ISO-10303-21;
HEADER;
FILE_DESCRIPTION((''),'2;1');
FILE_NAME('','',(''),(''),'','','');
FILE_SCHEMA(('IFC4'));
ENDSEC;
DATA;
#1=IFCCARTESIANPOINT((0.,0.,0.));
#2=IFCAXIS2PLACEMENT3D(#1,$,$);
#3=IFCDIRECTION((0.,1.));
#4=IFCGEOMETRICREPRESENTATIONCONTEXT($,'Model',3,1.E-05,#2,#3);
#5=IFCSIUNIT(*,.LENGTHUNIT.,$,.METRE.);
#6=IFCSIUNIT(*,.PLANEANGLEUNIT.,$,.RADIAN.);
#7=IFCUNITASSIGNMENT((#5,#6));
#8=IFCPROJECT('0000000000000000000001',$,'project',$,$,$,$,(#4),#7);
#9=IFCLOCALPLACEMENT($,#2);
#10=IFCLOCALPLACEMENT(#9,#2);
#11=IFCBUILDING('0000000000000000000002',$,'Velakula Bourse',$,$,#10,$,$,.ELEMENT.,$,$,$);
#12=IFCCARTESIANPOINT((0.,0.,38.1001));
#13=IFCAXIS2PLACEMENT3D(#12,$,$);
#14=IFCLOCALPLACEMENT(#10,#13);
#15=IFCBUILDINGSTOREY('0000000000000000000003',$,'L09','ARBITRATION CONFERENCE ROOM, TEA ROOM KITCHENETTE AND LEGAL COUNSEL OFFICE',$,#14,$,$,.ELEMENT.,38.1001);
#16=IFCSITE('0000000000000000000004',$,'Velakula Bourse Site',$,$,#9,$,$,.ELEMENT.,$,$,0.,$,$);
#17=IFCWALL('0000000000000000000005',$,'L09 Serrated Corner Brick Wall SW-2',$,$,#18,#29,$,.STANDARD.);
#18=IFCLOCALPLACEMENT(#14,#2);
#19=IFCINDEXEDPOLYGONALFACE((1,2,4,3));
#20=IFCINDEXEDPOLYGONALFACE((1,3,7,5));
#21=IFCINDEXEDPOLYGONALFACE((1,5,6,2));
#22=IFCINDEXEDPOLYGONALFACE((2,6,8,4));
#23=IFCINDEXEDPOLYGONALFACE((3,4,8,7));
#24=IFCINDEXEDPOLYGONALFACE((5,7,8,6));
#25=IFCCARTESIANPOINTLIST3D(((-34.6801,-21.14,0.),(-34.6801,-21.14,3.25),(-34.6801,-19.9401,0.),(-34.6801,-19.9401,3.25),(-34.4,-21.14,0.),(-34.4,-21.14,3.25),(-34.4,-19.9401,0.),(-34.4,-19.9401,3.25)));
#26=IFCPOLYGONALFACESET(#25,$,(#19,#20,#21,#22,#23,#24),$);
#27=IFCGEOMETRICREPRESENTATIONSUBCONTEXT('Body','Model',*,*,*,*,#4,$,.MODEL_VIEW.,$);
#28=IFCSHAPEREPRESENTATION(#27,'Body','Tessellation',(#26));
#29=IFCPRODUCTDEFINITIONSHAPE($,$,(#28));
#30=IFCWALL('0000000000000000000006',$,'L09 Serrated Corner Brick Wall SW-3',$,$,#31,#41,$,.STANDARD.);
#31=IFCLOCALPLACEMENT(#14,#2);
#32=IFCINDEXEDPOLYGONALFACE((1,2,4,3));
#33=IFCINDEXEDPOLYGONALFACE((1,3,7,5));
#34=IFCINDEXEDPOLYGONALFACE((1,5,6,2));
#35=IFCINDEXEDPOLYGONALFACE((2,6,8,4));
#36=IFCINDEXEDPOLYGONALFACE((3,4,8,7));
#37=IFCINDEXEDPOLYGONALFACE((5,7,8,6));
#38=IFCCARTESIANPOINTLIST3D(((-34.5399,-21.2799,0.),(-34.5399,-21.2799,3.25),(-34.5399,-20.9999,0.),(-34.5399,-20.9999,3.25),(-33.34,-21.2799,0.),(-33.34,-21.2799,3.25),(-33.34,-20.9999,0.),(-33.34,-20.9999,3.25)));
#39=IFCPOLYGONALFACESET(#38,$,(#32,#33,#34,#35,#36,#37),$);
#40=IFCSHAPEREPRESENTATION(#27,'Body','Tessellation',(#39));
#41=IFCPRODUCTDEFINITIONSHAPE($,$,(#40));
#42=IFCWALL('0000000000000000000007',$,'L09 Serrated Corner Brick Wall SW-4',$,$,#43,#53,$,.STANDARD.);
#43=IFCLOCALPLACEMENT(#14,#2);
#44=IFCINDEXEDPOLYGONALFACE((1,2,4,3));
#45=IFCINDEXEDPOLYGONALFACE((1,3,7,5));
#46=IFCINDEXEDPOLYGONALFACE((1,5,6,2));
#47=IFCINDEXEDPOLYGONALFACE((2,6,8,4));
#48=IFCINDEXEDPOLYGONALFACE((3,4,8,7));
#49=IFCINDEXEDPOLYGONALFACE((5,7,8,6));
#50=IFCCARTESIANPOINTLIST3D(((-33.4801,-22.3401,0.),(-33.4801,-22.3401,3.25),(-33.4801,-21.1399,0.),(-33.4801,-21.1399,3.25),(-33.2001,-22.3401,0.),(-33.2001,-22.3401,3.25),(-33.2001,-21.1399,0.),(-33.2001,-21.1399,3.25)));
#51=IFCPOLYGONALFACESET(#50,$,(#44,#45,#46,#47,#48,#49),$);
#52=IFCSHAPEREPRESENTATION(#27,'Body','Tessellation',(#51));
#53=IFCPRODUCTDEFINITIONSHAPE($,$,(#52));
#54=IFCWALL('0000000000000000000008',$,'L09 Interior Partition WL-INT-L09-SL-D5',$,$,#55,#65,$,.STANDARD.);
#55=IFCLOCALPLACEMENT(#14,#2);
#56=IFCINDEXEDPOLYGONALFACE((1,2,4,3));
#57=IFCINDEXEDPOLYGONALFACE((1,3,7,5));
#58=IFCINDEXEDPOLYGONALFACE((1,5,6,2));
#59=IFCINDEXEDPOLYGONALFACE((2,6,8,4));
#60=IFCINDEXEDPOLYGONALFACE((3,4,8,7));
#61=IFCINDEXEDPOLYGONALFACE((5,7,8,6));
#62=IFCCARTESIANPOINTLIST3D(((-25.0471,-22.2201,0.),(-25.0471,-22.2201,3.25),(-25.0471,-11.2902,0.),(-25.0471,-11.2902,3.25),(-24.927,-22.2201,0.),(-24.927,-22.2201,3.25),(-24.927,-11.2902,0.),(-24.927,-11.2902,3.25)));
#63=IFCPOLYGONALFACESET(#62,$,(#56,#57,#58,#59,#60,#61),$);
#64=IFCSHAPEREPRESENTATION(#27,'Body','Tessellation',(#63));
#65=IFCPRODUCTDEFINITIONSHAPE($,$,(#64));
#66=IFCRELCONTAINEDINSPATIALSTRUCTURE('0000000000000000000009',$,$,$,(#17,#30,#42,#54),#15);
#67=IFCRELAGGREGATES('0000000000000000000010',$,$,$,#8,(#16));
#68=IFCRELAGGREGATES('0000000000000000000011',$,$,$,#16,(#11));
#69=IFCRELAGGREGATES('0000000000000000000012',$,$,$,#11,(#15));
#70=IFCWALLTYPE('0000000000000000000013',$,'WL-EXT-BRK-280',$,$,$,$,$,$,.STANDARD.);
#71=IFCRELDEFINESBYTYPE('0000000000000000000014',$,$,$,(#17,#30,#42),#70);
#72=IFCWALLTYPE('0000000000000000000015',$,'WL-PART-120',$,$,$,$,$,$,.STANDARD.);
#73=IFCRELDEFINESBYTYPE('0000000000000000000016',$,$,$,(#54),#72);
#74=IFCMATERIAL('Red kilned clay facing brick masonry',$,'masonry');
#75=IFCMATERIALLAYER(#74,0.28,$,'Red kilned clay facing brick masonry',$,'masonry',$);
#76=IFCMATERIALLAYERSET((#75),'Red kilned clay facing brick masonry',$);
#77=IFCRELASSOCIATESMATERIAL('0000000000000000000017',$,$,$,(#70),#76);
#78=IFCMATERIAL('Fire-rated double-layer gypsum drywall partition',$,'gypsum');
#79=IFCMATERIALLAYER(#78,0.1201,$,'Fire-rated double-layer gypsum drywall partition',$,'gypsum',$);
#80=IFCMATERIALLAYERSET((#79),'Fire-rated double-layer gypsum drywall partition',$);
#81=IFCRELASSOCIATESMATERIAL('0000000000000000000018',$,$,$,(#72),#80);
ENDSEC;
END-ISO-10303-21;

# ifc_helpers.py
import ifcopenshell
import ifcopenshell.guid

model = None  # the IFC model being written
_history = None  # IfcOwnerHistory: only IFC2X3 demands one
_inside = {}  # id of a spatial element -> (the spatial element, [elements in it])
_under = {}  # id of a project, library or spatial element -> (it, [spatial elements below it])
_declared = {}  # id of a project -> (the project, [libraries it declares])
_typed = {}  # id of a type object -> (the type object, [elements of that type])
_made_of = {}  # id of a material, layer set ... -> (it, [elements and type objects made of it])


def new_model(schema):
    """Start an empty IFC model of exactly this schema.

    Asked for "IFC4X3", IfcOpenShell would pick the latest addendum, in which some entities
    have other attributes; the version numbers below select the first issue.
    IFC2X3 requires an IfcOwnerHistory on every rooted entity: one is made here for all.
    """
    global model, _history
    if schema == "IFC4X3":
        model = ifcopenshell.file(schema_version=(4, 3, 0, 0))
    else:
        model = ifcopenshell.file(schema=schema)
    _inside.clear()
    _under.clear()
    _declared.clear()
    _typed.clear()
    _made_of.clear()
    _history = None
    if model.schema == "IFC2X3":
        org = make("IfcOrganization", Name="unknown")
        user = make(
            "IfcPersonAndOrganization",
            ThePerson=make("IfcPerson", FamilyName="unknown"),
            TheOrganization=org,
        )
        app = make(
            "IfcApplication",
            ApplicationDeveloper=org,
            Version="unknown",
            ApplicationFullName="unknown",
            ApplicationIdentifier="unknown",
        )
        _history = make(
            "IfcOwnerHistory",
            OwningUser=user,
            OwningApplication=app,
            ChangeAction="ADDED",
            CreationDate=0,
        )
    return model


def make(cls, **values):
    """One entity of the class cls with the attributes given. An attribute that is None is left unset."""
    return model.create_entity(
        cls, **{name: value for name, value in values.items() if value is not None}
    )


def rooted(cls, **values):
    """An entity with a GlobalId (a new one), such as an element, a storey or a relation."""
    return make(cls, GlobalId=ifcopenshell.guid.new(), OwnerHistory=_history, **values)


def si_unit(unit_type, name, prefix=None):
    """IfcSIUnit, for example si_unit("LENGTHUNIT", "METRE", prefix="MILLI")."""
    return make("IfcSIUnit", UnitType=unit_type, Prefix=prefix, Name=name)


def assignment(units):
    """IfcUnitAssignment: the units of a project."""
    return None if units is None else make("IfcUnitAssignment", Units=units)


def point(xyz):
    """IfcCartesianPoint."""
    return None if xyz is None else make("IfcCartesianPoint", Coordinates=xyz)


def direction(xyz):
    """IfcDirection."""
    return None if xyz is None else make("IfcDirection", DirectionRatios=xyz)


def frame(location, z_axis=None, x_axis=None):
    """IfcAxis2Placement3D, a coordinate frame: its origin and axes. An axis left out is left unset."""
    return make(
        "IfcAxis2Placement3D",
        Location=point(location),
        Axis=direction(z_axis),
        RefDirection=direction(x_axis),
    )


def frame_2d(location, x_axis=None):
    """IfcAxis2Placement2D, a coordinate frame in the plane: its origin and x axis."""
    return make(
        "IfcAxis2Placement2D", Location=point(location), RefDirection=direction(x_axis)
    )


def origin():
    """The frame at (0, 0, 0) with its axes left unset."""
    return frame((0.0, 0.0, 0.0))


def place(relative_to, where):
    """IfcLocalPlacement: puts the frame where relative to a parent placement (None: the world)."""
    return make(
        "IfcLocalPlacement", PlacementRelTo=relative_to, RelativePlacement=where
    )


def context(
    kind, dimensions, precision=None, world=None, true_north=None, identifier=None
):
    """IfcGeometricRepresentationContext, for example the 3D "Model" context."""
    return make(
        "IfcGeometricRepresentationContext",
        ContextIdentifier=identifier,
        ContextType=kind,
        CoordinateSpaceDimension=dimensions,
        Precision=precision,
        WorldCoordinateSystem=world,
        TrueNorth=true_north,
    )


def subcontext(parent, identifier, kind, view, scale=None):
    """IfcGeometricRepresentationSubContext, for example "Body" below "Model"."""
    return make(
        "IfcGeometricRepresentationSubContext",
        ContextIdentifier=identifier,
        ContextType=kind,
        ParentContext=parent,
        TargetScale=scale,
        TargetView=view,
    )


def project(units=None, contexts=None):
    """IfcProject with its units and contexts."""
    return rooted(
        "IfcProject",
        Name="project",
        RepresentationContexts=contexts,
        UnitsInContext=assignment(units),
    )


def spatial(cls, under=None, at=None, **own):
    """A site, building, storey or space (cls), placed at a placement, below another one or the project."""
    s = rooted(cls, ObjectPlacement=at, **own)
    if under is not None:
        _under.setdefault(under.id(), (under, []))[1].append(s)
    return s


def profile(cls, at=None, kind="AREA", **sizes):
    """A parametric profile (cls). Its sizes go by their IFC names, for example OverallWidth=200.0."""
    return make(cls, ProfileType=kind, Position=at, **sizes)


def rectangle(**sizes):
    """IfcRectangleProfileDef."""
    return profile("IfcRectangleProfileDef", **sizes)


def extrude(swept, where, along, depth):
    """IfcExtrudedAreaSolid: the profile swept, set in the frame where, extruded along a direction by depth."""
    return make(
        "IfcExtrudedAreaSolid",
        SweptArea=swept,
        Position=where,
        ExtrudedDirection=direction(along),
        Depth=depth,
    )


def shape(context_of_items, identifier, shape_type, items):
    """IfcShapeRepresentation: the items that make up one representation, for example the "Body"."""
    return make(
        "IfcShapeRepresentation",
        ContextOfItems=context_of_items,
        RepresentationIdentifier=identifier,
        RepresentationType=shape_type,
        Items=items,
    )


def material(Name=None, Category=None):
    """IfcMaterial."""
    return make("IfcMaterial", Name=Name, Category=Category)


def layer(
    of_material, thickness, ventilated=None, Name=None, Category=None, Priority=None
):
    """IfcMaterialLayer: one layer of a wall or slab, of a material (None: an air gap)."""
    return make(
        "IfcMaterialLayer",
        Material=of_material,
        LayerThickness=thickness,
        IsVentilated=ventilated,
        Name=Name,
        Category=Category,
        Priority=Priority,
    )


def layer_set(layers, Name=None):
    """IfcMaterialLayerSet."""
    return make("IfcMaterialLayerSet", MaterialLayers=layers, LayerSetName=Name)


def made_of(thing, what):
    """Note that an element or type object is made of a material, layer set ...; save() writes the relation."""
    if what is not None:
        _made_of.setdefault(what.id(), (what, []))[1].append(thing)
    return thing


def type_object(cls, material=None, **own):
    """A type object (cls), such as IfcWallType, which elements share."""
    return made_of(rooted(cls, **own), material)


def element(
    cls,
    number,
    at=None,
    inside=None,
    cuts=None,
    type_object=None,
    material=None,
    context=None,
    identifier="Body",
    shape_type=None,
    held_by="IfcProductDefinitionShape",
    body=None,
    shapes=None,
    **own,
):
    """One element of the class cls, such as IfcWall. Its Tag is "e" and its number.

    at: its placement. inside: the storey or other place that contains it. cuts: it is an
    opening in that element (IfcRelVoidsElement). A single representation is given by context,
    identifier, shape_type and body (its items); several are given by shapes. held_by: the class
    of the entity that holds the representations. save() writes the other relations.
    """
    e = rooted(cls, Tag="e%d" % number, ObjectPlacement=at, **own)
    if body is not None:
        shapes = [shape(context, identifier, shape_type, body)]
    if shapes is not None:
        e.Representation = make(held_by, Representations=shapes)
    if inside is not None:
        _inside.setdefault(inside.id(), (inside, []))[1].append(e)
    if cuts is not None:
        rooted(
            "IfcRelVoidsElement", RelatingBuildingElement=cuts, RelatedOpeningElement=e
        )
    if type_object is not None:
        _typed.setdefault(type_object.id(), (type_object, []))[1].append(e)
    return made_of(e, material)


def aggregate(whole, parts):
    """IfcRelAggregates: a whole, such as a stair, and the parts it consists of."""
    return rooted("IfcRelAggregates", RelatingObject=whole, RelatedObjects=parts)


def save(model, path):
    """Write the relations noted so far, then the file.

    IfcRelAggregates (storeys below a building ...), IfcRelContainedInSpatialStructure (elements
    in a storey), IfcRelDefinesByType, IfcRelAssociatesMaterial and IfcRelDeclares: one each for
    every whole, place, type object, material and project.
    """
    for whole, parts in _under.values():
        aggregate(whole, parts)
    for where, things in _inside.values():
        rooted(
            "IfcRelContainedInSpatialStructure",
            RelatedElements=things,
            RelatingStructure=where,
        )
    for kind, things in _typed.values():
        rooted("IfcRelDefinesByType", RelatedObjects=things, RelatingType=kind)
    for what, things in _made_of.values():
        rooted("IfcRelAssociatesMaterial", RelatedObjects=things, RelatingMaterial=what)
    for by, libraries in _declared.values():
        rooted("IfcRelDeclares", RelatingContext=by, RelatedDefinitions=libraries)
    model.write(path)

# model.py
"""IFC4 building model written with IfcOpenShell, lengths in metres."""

from ifc_helpers import new_model, si_unit, direction, frame, frame_2d, origin, place, context, subcontext, project, spatial, rectangle, extrude, material, layer, layer_set, type_object, element, save


model = new_model("IFC4")

# Units and contexts
model_context = context("Model", 3, precision=1e-05, world=origin(), true_north=direction((0.0, 1.0)))
body_context = subcontext(model_context, "Body", "Model", "MODEL_VIEW")
ifc_project = project(units=[si_unit("LENGTHUNIT", "METRE"), si_unit("PLANEANGLEUNIT", "RADIAN")], contexts=[model_context])

# Site, building, storey
site_placement = place(None, origin())
site = spatial("IfcSite", under=ifc_project, at=site_placement, Name="Velakula Bourse Site", CompositionType="ELEMENT", RefElevation=0.0)
building_placement = place(site_placement, origin())
building = spatial("IfcBuilding", under=site, at=building_placement, Name="Velakula Bourse", CompositionType="ELEMENT")
storey_placement = place(building_placement, frame((0.0, 0.0, 38.1001)))
storey = spatial("IfcBuildingStorey", under=building, at=storey_placement, Name="L09", Description="ARBITRATION CONFERENCE ROOM, TEA ROOM KITCHENETTE AND LEGAL COUNSEL OFFICE", CompositionType="ELEMENT", Elevation=38.1001)

# Shared definitions
ifc_material_1 = material(Name="Red kilned clay facing brick masonry", Category="masonry")
ifc_layer_1 = layer(ifc_material_1, 0.28, Name="Red kilned clay facing brick masonry", Category="masonry")
ifc_layer_set_1 = layer_set([ifc_layer_1], Name="Red kilned clay facing brick masonry")
wall_type_1 = type_object("IfcWallType", Name="WL-EXT-BRK-280", PredefinedType="STANDARD", material=ifc_layer_set_1)

# Walls
for number, where, z_axis, x_axis, name in (
    (1, (-34.54, -19.9399, 0.0), (0.0, 0.0, 1.0), (0.0, -1.0, 0.0), "L09 Serrated Corner Brick Wall SW-2"),
    (2, (-34.54, -21.1399, 0.0), (0.0, 0.0, 1.0), (1.0, 0.0, 0.0), "L09 Serrated Corner Brick Wall SW-3"),
):
    element("IfcWall", number, at=place(storey_placement, frame(where, z_axis=z_axis, x_axis=x_axis)), inside=storey, type_object=wall_type_1, Name=name, PredefinedType="STANDARD", context=body_context, shape_type="SweptSolid", body=[
        extrude(rectangle(XDim=1.2, YDim=0.28, at=frame_2d((0.6001, 0.0))), origin(), (0.0, 0.0, 1.0), 3.25),
    ])
wall_1_placement = place(storey_placement, frame((-33.3401, -21.1399, 0.0), z_axis=(0.0, 0.0, 1.0), x_axis=(0.0, -1.0, 0.0)))
element("IfcWall", 3, at=wall_1_placement, inside=storey, type_object=wall_type_1, Name="L09 Serrated Corner Brick Wall SW-4", PredefinedType="STANDARD", context=body_context, shape_type="SweptSolid", body=[
    extrude(rectangle(XDim=1.2002, YDim=0.28, at=frame_2d((0.6001, 0.0))), origin(), (0.0, 0.0, 1.0), 3.25),
])
ifc_material_2 = material(Name="Fire-rated double-layer gypsum drywall partition", Category="gypsum")
ifc_layer_2 = layer(ifc_material_2, 0.1201, Name="Fire-rated double-layer gypsum drywall partition", Category="gypsum")
ifc_layer_set_2 = layer_set([ifc_layer_2], Name="Fire-rated double-layer gypsum drywall partition")
wall_type_2 = type_object("IfcWallType", Name="WL-PART-120", PredefinedType="STANDARD", material=ifc_layer_set_2)
wall_2_placement = place(storey_placement, frame((-24.9871, -22.22, 0.0), z_axis=(0.0, 0.0, 1.0), x_axis=(0.0, 1.0, 0.0)))
element("IfcWall", 4, at=wall_2_placement, inside=storey, type_object=wall_type_2, Name="L09 Interior Partition WL-INT-L09-SL-D5", PredefinedType="STANDARD", context=body_context, shape_type="SweptSolid", body=[
    extrude(rectangle(XDim=10.9299, YDim=0.1201, at=frame_2d((5.4648, 0.0))), origin(), (0.0, 0.0, 1.0), 3.25),
])

save(model, "model.ifc")
